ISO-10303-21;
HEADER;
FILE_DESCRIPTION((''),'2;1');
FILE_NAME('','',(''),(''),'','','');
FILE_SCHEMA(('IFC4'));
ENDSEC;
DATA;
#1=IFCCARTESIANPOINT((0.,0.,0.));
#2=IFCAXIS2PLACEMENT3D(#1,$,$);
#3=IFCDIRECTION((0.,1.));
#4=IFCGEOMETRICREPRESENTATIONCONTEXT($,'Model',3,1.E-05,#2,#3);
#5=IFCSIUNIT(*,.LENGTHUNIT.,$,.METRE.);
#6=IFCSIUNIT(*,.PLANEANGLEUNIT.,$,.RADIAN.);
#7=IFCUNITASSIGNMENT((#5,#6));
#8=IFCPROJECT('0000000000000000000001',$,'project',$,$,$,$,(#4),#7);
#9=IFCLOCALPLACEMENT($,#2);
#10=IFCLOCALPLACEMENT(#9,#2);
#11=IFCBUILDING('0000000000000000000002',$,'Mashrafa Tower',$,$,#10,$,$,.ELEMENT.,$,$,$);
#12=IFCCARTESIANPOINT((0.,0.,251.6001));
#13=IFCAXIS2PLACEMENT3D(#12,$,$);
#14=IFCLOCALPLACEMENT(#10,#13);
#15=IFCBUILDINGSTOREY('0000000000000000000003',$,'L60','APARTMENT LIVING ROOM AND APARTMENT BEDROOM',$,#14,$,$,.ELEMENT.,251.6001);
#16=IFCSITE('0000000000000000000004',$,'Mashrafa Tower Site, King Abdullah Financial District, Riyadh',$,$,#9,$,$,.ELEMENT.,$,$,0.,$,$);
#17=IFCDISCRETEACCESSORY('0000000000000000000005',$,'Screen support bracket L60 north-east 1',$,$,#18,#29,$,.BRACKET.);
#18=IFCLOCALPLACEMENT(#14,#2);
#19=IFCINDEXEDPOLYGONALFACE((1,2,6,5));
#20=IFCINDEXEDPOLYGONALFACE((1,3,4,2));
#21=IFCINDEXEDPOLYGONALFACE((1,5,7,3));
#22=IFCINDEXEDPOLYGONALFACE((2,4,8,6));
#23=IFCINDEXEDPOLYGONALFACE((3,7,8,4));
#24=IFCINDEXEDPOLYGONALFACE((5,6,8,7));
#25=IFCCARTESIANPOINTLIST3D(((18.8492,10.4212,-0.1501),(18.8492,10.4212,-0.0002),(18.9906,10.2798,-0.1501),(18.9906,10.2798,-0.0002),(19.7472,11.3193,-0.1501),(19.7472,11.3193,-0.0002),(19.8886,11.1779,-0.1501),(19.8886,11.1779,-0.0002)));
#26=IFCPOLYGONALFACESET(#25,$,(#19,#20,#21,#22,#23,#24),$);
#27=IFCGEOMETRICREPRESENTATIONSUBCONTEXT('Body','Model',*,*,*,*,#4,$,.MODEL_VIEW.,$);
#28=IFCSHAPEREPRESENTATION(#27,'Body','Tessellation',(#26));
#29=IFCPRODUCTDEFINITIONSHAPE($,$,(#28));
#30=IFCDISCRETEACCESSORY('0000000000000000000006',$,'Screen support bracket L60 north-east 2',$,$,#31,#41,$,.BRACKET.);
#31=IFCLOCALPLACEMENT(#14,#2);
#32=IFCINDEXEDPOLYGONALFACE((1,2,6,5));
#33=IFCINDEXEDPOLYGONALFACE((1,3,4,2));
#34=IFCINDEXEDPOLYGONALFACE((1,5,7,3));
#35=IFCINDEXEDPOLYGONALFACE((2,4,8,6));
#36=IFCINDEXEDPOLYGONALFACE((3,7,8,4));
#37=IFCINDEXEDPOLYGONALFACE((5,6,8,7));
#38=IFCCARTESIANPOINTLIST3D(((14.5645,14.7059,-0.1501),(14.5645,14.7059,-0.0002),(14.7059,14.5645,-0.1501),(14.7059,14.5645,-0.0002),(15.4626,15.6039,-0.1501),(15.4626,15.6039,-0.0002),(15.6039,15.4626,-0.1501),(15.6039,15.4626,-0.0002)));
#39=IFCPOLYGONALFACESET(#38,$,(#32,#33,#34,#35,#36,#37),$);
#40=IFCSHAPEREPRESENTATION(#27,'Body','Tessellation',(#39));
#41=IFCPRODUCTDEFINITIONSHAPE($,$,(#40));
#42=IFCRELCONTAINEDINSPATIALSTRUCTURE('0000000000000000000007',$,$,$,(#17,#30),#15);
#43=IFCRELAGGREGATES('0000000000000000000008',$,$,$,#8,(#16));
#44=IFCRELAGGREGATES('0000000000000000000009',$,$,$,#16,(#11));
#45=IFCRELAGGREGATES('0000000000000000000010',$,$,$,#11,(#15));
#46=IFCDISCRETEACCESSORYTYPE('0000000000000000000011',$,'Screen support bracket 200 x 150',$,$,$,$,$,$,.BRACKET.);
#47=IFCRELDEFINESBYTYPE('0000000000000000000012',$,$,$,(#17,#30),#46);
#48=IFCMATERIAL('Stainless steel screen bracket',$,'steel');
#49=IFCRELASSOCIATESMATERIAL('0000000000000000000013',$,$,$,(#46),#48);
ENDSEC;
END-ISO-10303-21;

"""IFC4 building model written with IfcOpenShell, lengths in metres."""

from ifc_helpers import new_model, si_unit, direction, frame, origin, origin_2d, place, context, subcontext, project, spatial, rectangle, extrude, source, transform, mapped, material, type_object, type_shapes, element, save


model = new_model("IFC4")

# Units and contexts
model_context = context("Model", 3, precision=1e-05, world=origin(), true_north=direction((0.0, 1.0)))
body_context = subcontext(model_context, "Body", "Model", "MODEL_VIEW")
ifc_project = project(units=[si_unit("LENGTHUNIT", "METRE"), si_unit("PLANEANGLEUNIT", "RADIAN")], contexts=[model_context])

# Site, building, storey
site_placement = place(None, origin())
site = spatial("IfcSite", under=ifc_project, at=site_placement, Name="Mashrafa Tower Site, King Abdullah Financial District, Riyadh", CompositionType="ELEMENT", RefElevation=0.0)
building_placement = place(site_placement, origin())
building = spatial("IfcBuilding", under=site, at=building_placement, Name="Mashrafa Tower", CompositionType="ELEMENT")
storey_placement = place(building_placement, frame((0.0, 0.0, 251.6001)))
storey = spatial("IfcBuildingStorey", under=building, at=storey_placement, Name="L60", Description="APARTMENT LIVING ROOM AND APARTMENT BEDROOM", CompositionType="ELEMENT", Elevation=251.6001)

# Discrete accessories
ifc_material_1 = material(Name="Stainless steel screen bracket", Category="steel")
discrete_accessory_type = type_object("IfcDiscreteAccessoryType", Name="Screen support bracket 200 x 150", PredefinedType="BRACKET", material=ifc_material_1)
shared_shape_1 = source(origin(), body_context, "Body", "SweptSolid", [
    extrude(rectangle(XDim=0.2, YDim=1.27, at=origin_2d()), origin(), (0.0, 0.0, 1.0), 0.1499),
])
type_shapes(discrete_accessory_type, [shared_shape_1])
for number, where, z_axis, x_axis, name in (
    (1, (19.3689, 10.7996, -0.1501), (0.0, 0.0, 1.0), (-0.707107, 0.707107, 0.0), "Screen support bracket L60 north-east 1"),
    (2, (15.0842, 15.0842, -0.1501), (0.0, 0.0, 1.0), (-0.707107, 0.707107, 0.0), "Screen support bracket L60 north-east 2"),
):
    element("IfcDiscreteAccessory", number, at=place(storey_placement, frame(where, z_axis=z_axis, x_axis=x_axis)), inside=storey, type_object=discrete_accessory_type, Name=name, PredefinedType="BRACKET", context=body_context, shape_type="MappedRepresentation", body=[
        mapped(shared_shape_1, transform((0.0, 0.0, 0.0))),
    ])

save(model, "model.ifc")
